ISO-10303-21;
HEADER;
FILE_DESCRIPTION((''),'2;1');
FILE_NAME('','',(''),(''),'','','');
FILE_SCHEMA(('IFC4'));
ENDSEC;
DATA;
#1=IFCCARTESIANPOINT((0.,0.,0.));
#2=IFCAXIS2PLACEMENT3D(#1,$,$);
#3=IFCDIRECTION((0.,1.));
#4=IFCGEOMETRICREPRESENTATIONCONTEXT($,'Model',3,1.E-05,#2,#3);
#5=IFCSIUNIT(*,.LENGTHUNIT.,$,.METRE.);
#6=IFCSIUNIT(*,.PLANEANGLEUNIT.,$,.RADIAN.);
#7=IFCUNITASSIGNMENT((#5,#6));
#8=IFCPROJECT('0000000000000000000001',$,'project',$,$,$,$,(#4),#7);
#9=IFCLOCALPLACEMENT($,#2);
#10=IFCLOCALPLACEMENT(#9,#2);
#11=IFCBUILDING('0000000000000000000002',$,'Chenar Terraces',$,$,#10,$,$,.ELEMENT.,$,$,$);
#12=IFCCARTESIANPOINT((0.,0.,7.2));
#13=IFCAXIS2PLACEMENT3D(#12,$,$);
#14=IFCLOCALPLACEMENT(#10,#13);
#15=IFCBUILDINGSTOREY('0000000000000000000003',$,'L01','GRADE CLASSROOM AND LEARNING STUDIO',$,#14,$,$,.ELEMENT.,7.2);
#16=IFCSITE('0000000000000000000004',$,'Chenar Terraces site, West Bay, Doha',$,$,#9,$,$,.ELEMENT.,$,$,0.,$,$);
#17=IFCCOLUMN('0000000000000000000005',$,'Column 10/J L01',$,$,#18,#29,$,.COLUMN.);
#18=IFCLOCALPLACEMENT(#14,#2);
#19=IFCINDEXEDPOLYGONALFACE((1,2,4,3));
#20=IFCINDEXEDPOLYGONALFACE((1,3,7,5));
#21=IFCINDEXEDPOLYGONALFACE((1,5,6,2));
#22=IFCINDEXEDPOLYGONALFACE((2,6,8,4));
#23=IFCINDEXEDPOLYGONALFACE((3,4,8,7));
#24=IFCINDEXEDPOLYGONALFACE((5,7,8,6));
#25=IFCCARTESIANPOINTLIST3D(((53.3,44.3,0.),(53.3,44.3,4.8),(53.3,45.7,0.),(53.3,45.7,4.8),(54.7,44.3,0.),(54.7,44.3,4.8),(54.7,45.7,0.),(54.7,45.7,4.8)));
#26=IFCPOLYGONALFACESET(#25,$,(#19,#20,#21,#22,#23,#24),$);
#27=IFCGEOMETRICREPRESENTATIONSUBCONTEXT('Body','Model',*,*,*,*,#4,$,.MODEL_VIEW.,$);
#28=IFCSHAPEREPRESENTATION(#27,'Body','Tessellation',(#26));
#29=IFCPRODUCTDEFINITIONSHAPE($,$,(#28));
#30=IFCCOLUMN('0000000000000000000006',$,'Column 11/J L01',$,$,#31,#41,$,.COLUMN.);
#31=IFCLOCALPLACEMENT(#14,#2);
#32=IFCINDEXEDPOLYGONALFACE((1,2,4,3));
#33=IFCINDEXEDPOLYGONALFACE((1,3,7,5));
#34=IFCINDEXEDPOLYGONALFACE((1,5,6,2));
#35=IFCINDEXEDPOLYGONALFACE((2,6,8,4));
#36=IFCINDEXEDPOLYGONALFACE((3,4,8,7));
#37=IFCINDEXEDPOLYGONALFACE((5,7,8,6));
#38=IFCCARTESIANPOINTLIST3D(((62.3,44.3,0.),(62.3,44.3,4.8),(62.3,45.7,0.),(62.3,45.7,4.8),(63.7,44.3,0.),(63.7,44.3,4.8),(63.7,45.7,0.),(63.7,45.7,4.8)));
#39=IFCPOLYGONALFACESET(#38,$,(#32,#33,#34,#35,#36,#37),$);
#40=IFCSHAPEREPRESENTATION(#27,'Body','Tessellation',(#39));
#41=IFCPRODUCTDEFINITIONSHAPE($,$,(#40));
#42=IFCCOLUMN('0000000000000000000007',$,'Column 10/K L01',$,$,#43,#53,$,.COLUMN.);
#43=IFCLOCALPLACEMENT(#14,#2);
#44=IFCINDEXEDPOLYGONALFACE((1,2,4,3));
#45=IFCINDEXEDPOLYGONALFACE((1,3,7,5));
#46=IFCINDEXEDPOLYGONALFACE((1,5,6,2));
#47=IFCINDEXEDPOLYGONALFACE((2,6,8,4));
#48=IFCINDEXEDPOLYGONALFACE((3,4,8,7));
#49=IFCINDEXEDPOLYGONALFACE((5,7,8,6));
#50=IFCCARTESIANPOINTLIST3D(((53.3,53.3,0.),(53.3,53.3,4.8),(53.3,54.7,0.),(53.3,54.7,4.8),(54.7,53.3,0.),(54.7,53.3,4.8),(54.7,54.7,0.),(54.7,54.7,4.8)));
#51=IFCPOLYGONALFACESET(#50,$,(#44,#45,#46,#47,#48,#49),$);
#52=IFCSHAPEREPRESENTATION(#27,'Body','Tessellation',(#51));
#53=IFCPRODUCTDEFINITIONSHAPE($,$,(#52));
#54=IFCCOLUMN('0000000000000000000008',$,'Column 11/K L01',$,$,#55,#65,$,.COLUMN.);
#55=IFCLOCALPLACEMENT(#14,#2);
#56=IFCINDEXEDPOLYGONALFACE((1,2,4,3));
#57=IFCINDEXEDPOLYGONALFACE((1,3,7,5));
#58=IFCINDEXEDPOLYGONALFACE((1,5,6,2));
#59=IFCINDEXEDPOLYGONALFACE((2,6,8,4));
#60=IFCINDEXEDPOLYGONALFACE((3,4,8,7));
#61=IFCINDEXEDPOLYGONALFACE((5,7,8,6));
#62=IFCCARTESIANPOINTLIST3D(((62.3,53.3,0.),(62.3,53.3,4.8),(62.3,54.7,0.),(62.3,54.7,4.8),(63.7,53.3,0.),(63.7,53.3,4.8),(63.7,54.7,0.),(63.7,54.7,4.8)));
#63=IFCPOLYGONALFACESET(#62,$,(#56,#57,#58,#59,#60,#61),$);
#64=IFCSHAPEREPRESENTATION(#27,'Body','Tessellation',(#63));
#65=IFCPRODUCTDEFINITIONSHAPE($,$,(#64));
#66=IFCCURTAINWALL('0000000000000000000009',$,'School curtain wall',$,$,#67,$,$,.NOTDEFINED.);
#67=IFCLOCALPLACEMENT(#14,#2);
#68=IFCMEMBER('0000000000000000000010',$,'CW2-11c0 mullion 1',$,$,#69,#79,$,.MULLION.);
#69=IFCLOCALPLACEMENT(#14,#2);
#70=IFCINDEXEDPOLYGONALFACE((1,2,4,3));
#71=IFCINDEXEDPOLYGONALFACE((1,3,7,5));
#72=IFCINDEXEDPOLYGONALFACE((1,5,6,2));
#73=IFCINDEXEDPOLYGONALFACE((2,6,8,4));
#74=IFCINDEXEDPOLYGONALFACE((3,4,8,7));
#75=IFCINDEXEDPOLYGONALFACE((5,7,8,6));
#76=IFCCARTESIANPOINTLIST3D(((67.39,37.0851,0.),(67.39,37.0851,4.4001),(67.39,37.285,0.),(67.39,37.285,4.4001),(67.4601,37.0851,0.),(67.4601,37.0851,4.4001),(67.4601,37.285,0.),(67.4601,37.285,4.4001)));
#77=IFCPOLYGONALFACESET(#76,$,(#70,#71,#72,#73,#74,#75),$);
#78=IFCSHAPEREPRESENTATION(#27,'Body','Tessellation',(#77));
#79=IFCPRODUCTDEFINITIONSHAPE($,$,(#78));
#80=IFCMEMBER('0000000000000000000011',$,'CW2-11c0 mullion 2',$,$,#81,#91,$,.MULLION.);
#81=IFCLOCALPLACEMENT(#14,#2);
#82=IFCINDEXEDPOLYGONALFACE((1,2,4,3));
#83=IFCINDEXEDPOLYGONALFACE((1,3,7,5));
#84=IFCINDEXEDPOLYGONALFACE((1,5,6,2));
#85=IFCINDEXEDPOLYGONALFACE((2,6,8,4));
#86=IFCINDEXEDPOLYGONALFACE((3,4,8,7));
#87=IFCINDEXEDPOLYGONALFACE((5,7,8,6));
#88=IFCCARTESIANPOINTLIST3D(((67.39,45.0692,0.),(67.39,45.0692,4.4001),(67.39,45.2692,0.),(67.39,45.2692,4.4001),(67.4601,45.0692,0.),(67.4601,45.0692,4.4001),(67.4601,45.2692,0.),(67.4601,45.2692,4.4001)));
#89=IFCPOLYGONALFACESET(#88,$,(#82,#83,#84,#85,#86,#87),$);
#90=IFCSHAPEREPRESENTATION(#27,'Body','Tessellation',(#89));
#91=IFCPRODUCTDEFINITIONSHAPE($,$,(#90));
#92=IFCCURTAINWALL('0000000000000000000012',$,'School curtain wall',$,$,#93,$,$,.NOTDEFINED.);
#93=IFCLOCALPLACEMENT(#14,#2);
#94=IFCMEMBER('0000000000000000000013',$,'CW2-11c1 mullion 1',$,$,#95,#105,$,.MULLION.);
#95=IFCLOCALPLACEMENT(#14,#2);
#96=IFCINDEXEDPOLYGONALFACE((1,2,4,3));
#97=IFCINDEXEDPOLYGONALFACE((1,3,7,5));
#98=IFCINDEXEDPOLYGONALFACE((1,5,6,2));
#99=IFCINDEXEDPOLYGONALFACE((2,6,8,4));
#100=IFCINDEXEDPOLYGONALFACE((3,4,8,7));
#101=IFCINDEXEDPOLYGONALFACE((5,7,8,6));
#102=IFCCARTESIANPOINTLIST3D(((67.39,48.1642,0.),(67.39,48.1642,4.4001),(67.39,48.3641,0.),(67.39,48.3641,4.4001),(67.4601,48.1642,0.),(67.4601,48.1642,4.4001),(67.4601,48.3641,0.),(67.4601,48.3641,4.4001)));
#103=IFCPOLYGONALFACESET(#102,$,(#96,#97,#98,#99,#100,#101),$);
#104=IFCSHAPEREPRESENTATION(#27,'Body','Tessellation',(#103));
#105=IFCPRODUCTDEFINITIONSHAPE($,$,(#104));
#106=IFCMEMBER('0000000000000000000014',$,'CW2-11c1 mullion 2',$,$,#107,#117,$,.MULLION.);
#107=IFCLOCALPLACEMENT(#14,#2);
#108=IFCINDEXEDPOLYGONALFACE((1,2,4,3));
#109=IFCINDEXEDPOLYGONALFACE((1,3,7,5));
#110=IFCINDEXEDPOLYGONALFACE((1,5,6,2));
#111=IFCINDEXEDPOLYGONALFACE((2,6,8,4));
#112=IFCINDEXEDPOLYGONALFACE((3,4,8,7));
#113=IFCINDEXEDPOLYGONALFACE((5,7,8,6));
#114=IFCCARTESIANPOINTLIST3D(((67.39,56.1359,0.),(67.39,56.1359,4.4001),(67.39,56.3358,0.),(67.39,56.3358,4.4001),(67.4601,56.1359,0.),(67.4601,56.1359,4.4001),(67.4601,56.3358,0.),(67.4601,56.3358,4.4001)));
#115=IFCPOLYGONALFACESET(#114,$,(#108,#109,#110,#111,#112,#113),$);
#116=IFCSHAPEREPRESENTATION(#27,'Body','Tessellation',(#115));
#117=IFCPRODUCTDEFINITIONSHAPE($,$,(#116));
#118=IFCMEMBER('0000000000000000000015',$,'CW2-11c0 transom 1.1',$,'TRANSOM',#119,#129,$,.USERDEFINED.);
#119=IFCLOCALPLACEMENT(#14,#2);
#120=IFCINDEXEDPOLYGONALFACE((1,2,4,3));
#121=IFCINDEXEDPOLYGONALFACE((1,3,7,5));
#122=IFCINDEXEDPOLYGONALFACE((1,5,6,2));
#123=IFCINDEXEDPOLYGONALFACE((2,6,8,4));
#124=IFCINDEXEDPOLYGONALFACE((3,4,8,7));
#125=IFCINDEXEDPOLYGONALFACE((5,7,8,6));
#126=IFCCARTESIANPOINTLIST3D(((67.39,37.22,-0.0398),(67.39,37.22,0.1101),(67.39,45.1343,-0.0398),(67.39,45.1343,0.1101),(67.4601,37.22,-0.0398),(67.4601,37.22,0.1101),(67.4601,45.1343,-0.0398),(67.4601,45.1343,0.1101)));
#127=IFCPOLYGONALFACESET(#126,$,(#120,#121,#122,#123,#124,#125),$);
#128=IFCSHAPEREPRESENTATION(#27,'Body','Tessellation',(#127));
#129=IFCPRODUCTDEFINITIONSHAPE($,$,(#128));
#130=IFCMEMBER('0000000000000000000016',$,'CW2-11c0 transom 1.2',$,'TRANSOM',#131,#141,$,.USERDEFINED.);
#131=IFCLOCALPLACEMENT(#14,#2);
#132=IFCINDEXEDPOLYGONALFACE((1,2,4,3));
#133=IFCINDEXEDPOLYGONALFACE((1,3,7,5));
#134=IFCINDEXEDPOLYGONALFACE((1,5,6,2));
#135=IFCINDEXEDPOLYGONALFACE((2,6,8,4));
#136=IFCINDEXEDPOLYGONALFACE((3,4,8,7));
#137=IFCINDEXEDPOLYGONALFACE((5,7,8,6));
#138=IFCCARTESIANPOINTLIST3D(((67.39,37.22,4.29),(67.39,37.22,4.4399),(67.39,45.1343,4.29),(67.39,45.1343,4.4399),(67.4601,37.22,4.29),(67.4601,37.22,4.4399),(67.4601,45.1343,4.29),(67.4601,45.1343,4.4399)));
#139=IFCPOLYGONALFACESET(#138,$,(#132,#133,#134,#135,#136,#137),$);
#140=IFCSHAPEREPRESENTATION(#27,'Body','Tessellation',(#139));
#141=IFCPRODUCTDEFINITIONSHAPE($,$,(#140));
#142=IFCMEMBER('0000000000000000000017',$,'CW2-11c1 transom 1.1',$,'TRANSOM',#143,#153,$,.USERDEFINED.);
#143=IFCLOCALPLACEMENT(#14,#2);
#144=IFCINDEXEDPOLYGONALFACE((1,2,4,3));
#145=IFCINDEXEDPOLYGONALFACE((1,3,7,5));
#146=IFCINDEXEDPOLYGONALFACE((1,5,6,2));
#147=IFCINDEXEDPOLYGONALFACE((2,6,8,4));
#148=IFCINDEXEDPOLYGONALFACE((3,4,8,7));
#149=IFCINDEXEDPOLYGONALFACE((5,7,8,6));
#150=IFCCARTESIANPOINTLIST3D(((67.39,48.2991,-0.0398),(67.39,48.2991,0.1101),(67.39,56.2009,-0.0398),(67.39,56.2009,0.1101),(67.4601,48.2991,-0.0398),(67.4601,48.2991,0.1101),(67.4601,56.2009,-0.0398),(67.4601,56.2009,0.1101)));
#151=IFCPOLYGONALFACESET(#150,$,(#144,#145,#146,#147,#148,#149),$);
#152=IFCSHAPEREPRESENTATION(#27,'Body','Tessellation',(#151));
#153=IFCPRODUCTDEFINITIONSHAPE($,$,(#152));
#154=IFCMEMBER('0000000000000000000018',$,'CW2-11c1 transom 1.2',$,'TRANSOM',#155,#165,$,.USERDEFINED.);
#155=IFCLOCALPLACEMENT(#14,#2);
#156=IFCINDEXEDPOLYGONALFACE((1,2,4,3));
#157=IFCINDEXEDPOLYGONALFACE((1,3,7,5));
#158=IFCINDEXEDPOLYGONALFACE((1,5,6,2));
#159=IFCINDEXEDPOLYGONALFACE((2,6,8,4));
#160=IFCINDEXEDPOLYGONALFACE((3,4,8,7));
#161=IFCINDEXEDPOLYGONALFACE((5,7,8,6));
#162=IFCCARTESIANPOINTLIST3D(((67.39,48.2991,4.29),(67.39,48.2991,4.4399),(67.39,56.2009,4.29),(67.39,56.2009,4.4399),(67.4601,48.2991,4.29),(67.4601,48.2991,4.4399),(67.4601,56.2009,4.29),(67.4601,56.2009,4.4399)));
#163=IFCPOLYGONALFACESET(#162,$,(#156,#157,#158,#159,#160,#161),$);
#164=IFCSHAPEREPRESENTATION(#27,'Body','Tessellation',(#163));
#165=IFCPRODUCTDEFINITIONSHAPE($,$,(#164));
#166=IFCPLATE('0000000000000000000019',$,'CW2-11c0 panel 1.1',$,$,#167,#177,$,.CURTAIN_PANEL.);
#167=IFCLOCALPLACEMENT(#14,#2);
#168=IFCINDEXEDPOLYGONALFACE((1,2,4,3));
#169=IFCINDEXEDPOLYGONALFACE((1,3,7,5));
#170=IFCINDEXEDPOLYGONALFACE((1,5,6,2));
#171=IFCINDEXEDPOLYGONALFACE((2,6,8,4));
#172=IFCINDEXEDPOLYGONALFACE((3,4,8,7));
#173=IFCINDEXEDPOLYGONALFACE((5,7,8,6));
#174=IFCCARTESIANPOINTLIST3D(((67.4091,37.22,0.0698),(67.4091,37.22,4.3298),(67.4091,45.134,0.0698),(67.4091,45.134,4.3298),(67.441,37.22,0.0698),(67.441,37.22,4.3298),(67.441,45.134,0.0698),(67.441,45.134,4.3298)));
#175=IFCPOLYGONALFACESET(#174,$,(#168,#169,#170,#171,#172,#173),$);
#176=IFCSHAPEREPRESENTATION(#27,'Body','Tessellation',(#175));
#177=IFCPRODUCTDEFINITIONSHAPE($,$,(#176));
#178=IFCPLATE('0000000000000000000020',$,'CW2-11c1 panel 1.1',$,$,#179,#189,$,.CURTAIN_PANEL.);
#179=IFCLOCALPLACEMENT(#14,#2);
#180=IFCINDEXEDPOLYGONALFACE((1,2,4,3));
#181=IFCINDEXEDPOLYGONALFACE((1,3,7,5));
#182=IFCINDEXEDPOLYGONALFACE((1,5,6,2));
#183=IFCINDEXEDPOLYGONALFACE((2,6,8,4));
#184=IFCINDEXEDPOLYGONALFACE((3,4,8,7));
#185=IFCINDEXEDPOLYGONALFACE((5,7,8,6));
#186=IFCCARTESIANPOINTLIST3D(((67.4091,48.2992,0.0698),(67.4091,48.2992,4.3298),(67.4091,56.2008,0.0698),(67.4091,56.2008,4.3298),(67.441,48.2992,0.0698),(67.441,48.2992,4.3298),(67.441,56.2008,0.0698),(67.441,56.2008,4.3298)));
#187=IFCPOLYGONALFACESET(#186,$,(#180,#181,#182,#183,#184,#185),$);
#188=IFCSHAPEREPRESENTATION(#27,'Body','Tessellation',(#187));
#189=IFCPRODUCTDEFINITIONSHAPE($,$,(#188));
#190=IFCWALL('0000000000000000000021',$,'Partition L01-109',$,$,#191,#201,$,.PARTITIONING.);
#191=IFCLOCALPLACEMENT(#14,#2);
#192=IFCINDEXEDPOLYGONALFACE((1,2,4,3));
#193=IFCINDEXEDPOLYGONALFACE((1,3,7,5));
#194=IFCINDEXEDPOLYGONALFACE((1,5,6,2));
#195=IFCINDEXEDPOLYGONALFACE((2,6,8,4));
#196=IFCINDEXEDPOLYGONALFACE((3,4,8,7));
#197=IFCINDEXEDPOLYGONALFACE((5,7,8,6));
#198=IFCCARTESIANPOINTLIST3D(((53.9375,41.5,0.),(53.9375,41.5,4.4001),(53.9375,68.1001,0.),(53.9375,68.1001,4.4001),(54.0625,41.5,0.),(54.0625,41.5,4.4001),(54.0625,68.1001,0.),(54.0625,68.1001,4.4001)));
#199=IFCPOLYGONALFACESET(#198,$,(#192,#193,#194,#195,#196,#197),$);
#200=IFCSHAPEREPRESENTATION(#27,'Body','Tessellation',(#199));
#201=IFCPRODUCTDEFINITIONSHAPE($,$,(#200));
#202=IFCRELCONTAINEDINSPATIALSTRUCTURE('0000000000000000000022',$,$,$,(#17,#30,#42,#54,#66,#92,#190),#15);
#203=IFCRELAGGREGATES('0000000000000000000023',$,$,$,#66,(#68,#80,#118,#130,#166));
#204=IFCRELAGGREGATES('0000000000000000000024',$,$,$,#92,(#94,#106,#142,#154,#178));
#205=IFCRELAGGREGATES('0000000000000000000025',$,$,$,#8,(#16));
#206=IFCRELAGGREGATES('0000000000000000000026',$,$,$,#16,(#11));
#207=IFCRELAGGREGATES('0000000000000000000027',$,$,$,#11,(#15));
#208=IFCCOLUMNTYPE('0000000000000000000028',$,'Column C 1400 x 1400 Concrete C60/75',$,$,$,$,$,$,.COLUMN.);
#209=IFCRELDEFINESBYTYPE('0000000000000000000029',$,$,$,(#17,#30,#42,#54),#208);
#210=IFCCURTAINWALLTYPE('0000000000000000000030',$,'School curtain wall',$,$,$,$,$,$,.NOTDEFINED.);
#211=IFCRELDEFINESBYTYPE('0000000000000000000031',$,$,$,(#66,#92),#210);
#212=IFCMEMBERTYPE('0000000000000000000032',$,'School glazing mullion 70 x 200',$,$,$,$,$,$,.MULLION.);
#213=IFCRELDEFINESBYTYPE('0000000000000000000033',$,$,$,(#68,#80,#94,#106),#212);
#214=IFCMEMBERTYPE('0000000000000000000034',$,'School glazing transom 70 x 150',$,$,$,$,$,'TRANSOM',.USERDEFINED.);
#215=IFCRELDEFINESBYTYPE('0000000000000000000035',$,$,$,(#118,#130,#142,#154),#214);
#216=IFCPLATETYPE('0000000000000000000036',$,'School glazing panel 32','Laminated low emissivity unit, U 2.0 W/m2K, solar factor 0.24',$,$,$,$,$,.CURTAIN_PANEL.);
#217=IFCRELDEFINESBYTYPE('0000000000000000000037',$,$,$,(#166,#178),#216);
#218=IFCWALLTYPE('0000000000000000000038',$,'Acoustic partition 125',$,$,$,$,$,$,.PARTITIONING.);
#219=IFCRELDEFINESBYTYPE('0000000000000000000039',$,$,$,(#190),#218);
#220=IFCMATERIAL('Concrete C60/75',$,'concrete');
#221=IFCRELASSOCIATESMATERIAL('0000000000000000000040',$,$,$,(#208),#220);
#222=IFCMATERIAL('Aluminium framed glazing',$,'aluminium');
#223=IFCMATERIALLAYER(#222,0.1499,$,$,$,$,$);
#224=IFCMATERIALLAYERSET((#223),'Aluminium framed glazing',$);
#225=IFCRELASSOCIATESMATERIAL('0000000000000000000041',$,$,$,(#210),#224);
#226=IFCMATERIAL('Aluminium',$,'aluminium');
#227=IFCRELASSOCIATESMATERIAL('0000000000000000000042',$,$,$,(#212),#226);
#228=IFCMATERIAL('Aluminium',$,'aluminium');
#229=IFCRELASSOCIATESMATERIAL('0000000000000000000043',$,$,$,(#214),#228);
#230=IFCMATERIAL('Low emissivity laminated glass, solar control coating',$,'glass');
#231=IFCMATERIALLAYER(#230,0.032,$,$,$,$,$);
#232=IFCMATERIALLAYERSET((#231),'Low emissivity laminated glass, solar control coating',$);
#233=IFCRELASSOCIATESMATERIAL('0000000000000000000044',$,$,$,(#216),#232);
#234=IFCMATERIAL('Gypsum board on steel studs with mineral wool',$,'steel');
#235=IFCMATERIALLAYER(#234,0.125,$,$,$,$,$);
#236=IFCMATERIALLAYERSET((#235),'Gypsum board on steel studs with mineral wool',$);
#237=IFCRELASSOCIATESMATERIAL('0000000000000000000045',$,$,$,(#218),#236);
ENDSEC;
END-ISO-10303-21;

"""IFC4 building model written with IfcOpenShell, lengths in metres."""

from ifc_helpers import new_model, si_unit, direction, frame, frame_2d, origin, origin_2d, place, context, subcontext, project, spatial, rectangle, extrude, material, layer, layer_set, material_profile, profile_set, type_object, element, aggregate, save


model = new_model("IFC4")

# Units and contexts
model_context = context("Model", 3, precision=1e-05, world=origin(), true_north=direction((0.0, 1.0)))
body_context = subcontext(model_context, "Body", "Model", "MODEL_VIEW")
ifc_project = project(units=[si_unit("LENGTHUNIT", "METRE"), si_unit("PLANEANGLEUNIT", "RADIAN")], contexts=[model_context])

# Site, building, storey
site_placement = place(None, origin())
site = spatial("IfcSite", under=ifc_project, at=site_placement, Name="Chenar Terraces site, West Bay, Doha", CompositionType="ELEMENT", RefElevation=0.0)
building_placement = place(site_placement, origin())
building = spatial("IfcBuilding", under=site, at=building_placement, Name="Chenar Terraces", CompositionType="ELEMENT")
storey_placement = place(building_placement, frame((0.0, 0.0, 7.2)))
storey = spatial("IfcBuildingStorey", under=building, at=storey_placement, Name="L01", Description="GRADE CLASSROOM AND LEARNING STUDIO", CompositionType="ELEMENT", Elevation=7.2)

# Columns
ifc_material_1 = material(Name="Concrete C60/75", Category="concrete")
ifc_material_profile_1 = material_profile(ifc_material_1, rectangle(XDim=1.3999, YDim=1.3999, at=origin_2d()), Name="C 1400 x 1400")
ifc_profile_set_1 = profile_set([ifc_material_profile_1], Name="Concrete C60/75")
column_type = type_object("IfcColumnType", Name="Column C 1400 x 1400 Concrete C60/75", PredefinedType="COLUMN", material=ifc_profile_set_1)
for number, where, z_axis, x_axis, name in (
    (1, (54.0, 45.0, 0.0), (0.0, 0.0, 1.0), (1.0, 0.0, 0.0), "Column 10/J L01"),
    (2, (63.0, 45.0, 0.0), (0.0, 0.0, 1.0), (1.0, 0.0, 0.0), "Column 11/J L01"),
    (3, (54.0, 54.0, 0.0), (0.0, 0.0, 1.0), (1.0, 0.0, 0.0), "Column 10/K L01"),
    (4, (63.0, 54.0, 0.0), (0.0, 0.0, 1.0), (1.0, 0.0, 0.0), "Column 11/K L01"),
):
    element("IfcColumn", number, at=place(storey_placement, frame(where, z_axis=z_axis, x_axis=x_axis)), inside=storey, type_object=column_type, Name=name, PredefinedType="COLUMN", context=body_context, shape_type="SweptSolid", body=[
        extrude(rectangle(XDim=1.3999, YDim=1.3999, at=origin_2d()), origin(), (0.0, 0.0, 1.0), 4.8),
    ])

# Curtain walls, members
ifc_material_2 = material(Name="Aluminium framed glazing", Category="aluminium")
ifc_layer_1 = layer(ifc_material_2, 0.1499)
ifc_layer_set_1 = layer_set([ifc_layer_1], Name="Aluminium framed glazing")
curtain_wall_type = type_object("IfcCurtainWallType", Name="School curtain wall", PredefinedType="NOTDEFINED", material=ifc_layer_set_1)
placement = place(storey_placement, origin())
curtain_wall_1 = element("IfcCurtainWall", 5, at=placement, inside=storey, type_object=curtain_wall_type, Name="School curtain wall", PredefinedType="NOTDEFINED")
ifc_material_3 = material(Name="Aluminium", Category="aluminium")
ifc_material_profile_2 = material_profile(ifc_material_3, rectangle(XDim=0.0701, YDim=0.2, at=origin_2d()), Name="School glazing mullion 70 x 200")
ifc_profile_set_2 = profile_set([ifc_material_profile_2], Name="Aluminium")
member_type_1 = type_object("IfcMemberType", Name="School glazing mullion 70 x 200", PredefinedType="MULLION", material=ifc_profile_set_2)
member_1_placement = place(storey_placement, frame((67.425, 37.1851, 0.0), z_axis=(0.0, 0.0, 1.0), x_axis=(-1.0, 0.0, 0.0)))
member_1 = element("IfcMember", 6, at=member_1_placement, type_object=member_type_1, Name="CW2-11c0 mullion 1", PredefinedType="MULLION", context=body_context, shape_type="SweptSolid", body=[
    extrude(rectangle(XDim=0.0701, YDim=0.2, at=origin_2d()), origin(), (0.0, 0.0, 1.0), 4.4001),
])
member_2_placement = place(storey_placement, frame((67.425, 45.1692, 0.0), z_axis=(0.0, 0.0, 1.0), x_axis=(-1.0, 0.0, 0.0)))
member_2 = element("IfcMember", 7, at=member_2_placement, type_object=member_type_1, Name="CW2-11c0 mullion 2", PredefinedType="MULLION", context=body_context, shape_type="SweptSolid", body=[
    extrude(rectangle(XDim=0.0701, YDim=0.2, at=origin_2d()), origin(), (0.0, 0.0, 1.0), 4.4001),
])
curtain_wall_2 = element("IfcCurtainWall", 8, at=placement, inside=storey, type_object=curtain_wall_type, Name="School curtain wall", PredefinedType="NOTDEFINED")
member_3_placement = place(storey_placement, frame((67.425, 48.2642, 0.0), z_axis=(0.0, 0.0, 1.0), x_axis=(-1.0, 0.0, 0.0)))
member_3 = element("IfcMember", 9, at=member_3_placement, type_object=member_type_1, Name="CW2-11c1 mullion 1", PredefinedType="MULLION", context=body_context, shape_type="SweptSolid", body=[
    extrude(rectangle(XDim=0.0701, YDim=0.2, at=origin_2d()), origin(), (0.0, 0.0, 1.0), 4.4001),
])
member_4_placement = place(storey_placement, frame((67.425, 56.2358, 0.0), z_axis=(0.0, 0.0, 1.0), x_axis=(-1.0, 0.0, 0.0)))
member_4 = element("IfcMember", 10, at=member_4_placement, type_object=member_type_1, Name="CW2-11c1 mullion 2", PredefinedType="MULLION", context=body_context, shape_type="SweptSolid", body=[
    extrude(rectangle(XDim=0.0701, YDim=0.2, at=origin_2d()), origin(), (0.0, 0.0, 1.0), 4.4001),
])

# Members
ifc_material_4 = material(Name="Aluminium", Category="aluminium")
ifc_material_profile_3 = material_profile(ifc_material_4, rectangle(XDim=0.0701, YDim=0.1499, at=origin_2d()), Name="School glazing transom 70 x 150")
ifc_profile_set_3 = profile_set([ifc_material_profile_3], Name="Aluminium")
member_type_2 = type_object("IfcMemberType", Name="School glazing transom 70 x 150", ElementType="TRANSOM", PredefinedType="USERDEFINED", material=ifc_profile_set_3)
member_5_placement = place(storey_placement, frame((67.425, 37.22, 0.0352), z_axis=(0.0, 1.0, 0.0), x_axis=(-1.0, 0.0, 0.0)))
member_5 = element("IfcMember", 11, at=member_5_placement, type_object=member_type_2, Name="CW2-11c0 transom 1.1", ObjectType="TRANSOM", PredefinedType="USERDEFINED", context=body_context, shape_type="SweptSolid", body=[
    extrude(rectangle(XDim=0.0701, YDim=0.1499, at=origin_2d()), origin(), (0.0, 0.0, 1.0), 7.9143),
])
member_6_placement = place(storey_placement, frame((67.425, 37.22, 4.365), z_axis=(0.0, 1.0, 0.0), x_axis=(-1.0, 0.0, 0.0)))
member_6 = element("IfcMember", 12, at=member_6_placement, type_object=member_type_2, Name="CW2-11c0 transom 1.2", ObjectType="TRANSOM", PredefinedType="USERDEFINED", context=body_context, shape_type="SweptSolid", body=[
    extrude(rectangle(XDim=0.0701, YDim=0.1499, at=origin_2d()), origin(), (0.0, 0.0, 1.0), 7.9143),
])
member_7_placement = place(storey_placement, frame((67.425, 48.2991, 0.0352), z_axis=(0.0, 1.0, 0.0), x_axis=(-1.0, 0.0, 0.0)))
member_7 = element("IfcMember", 13, at=member_7_placement, type_object=member_type_2, Name="CW2-11c1 transom 1.1", ObjectType="TRANSOM", PredefinedType="USERDEFINED", context=body_context, shape_type="SweptSolid", body=[
    extrude(rectangle(XDim=0.0701, YDim=0.1499, at=origin_2d()), origin(), (0.0, 0.0, 1.0), 7.9019),
])
member_8_placement = place(storey_placement, frame((67.425, 48.2991, 4.365), z_axis=(0.0, 1.0, 0.0), x_axis=(-1.0, 0.0, 0.0)))
member_8 = element("IfcMember", 14, at=member_8_placement, type_object=member_type_2, Name="CW2-11c1 transom 1.2", ObjectType="TRANSOM", PredefinedType="USERDEFINED", context=body_context, shape_type="SweptSolid", body=[
    extrude(rectangle(XDim=0.0701, YDim=0.1499, at=origin_2d()), origin(), (0.0, 0.0, 1.0), 7.9019),
])

# Plates
ifc_material_5 = material(Name="Low emissivity laminated glass, solar control coating", Category="glass")
ifc_layer_2 = layer(ifc_material_5, 0.032)
ifc_layer_set_2 = layer_set([ifc_layer_2], Name="Low emissivity laminated glass, solar control coating")
plate_type = type_object("IfcPlateType", Name="School glazing panel 32", Description="Laminated low emissivity unit, U 2.0 W/m2K, solar factor 0.24", PredefinedType="CURTAIN_PANEL", material=ifc_layer_set_2)
plate_1_placement = place(storey_placement, frame((67.425, 41.177, 0.0698), z_axis=(0.0, 0.0, 1.0), x_axis=(0.0, 1.0, 0.0)))
plate_1 = element("IfcPlate", 15, at=plate_1_placement, type_object=plate_type, Name="CW2-11c0 panel 1.1", PredefinedType="CURTAIN_PANEL", context=body_context, shape_type="SweptSolid", body=[
    extrude(rectangle(XDim=7.9141, YDim=0.032, at=origin_2d()), origin(), (0.0, 0.0, 1.0), 4.26),
])
aggregate(curtain_wall_1, [member_1, member_2, member_5, member_6, plate_1])
plate_2_placement = place(storey_placement, frame((67.425, 52.25, 0.0698), z_axis=(0.0, 0.0, 1.0), x_axis=(0.0, 1.0, 0.0)))
plate_2 = element("IfcPlate", 16, at=plate_2_placement, type_object=plate_type, Name="CW2-11c1 panel 1.1", PredefinedType="CURTAIN_PANEL", context=body_context, shape_type="SweptSolid", body=[
    extrude(rectangle(XDim=7.9016, YDim=0.032, at=origin_2d()), origin(), (0.0, 0.0, 1.0), 4.26),
])
aggregate(curtain_wall_2, [member_3, member_4, member_7, member_8, plate_2])

# Wall
ifc_material_6 = material(Name="Gypsum board on steel studs with mineral wool", Category="steel")
ifc_layer_3 = layer(ifc_material_6, 0.125)
ifc_layer_set_3 = layer_set([ifc_layer_3], Name="Gypsum board on steel studs with mineral wool")
wall_type_1 = type_object("IfcWallType", Name="Acoustic partition 125", PredefinedType="PARTITIONING", material=ifc_layer_set_3)
for number, where, z_axis, x_axis, name in (
    (17, (54.0, 41.5, 0.0), (0.0, 0.0, 1.0), (0.0, 1.0, 0.0), "Partition L01-109"),
):
    element("IfcWall", number, at=place(storey_placement, frame(where, z_axis=z_axis, x_axis=x_axis)), inside=storey, type_object=wall_type_1, Name=name, PredefinedType="PARTITIONING", context=body_context, shape_type="SweptSolid", body=[
        extrude(rectangle(XDim=26.6001, YDim=0.125, at=frame_2d((13.3, 0.0))), origin(), (0.0, 0.0, 1.0), 4.4001),
    ])

save(model, "model.ifc")
